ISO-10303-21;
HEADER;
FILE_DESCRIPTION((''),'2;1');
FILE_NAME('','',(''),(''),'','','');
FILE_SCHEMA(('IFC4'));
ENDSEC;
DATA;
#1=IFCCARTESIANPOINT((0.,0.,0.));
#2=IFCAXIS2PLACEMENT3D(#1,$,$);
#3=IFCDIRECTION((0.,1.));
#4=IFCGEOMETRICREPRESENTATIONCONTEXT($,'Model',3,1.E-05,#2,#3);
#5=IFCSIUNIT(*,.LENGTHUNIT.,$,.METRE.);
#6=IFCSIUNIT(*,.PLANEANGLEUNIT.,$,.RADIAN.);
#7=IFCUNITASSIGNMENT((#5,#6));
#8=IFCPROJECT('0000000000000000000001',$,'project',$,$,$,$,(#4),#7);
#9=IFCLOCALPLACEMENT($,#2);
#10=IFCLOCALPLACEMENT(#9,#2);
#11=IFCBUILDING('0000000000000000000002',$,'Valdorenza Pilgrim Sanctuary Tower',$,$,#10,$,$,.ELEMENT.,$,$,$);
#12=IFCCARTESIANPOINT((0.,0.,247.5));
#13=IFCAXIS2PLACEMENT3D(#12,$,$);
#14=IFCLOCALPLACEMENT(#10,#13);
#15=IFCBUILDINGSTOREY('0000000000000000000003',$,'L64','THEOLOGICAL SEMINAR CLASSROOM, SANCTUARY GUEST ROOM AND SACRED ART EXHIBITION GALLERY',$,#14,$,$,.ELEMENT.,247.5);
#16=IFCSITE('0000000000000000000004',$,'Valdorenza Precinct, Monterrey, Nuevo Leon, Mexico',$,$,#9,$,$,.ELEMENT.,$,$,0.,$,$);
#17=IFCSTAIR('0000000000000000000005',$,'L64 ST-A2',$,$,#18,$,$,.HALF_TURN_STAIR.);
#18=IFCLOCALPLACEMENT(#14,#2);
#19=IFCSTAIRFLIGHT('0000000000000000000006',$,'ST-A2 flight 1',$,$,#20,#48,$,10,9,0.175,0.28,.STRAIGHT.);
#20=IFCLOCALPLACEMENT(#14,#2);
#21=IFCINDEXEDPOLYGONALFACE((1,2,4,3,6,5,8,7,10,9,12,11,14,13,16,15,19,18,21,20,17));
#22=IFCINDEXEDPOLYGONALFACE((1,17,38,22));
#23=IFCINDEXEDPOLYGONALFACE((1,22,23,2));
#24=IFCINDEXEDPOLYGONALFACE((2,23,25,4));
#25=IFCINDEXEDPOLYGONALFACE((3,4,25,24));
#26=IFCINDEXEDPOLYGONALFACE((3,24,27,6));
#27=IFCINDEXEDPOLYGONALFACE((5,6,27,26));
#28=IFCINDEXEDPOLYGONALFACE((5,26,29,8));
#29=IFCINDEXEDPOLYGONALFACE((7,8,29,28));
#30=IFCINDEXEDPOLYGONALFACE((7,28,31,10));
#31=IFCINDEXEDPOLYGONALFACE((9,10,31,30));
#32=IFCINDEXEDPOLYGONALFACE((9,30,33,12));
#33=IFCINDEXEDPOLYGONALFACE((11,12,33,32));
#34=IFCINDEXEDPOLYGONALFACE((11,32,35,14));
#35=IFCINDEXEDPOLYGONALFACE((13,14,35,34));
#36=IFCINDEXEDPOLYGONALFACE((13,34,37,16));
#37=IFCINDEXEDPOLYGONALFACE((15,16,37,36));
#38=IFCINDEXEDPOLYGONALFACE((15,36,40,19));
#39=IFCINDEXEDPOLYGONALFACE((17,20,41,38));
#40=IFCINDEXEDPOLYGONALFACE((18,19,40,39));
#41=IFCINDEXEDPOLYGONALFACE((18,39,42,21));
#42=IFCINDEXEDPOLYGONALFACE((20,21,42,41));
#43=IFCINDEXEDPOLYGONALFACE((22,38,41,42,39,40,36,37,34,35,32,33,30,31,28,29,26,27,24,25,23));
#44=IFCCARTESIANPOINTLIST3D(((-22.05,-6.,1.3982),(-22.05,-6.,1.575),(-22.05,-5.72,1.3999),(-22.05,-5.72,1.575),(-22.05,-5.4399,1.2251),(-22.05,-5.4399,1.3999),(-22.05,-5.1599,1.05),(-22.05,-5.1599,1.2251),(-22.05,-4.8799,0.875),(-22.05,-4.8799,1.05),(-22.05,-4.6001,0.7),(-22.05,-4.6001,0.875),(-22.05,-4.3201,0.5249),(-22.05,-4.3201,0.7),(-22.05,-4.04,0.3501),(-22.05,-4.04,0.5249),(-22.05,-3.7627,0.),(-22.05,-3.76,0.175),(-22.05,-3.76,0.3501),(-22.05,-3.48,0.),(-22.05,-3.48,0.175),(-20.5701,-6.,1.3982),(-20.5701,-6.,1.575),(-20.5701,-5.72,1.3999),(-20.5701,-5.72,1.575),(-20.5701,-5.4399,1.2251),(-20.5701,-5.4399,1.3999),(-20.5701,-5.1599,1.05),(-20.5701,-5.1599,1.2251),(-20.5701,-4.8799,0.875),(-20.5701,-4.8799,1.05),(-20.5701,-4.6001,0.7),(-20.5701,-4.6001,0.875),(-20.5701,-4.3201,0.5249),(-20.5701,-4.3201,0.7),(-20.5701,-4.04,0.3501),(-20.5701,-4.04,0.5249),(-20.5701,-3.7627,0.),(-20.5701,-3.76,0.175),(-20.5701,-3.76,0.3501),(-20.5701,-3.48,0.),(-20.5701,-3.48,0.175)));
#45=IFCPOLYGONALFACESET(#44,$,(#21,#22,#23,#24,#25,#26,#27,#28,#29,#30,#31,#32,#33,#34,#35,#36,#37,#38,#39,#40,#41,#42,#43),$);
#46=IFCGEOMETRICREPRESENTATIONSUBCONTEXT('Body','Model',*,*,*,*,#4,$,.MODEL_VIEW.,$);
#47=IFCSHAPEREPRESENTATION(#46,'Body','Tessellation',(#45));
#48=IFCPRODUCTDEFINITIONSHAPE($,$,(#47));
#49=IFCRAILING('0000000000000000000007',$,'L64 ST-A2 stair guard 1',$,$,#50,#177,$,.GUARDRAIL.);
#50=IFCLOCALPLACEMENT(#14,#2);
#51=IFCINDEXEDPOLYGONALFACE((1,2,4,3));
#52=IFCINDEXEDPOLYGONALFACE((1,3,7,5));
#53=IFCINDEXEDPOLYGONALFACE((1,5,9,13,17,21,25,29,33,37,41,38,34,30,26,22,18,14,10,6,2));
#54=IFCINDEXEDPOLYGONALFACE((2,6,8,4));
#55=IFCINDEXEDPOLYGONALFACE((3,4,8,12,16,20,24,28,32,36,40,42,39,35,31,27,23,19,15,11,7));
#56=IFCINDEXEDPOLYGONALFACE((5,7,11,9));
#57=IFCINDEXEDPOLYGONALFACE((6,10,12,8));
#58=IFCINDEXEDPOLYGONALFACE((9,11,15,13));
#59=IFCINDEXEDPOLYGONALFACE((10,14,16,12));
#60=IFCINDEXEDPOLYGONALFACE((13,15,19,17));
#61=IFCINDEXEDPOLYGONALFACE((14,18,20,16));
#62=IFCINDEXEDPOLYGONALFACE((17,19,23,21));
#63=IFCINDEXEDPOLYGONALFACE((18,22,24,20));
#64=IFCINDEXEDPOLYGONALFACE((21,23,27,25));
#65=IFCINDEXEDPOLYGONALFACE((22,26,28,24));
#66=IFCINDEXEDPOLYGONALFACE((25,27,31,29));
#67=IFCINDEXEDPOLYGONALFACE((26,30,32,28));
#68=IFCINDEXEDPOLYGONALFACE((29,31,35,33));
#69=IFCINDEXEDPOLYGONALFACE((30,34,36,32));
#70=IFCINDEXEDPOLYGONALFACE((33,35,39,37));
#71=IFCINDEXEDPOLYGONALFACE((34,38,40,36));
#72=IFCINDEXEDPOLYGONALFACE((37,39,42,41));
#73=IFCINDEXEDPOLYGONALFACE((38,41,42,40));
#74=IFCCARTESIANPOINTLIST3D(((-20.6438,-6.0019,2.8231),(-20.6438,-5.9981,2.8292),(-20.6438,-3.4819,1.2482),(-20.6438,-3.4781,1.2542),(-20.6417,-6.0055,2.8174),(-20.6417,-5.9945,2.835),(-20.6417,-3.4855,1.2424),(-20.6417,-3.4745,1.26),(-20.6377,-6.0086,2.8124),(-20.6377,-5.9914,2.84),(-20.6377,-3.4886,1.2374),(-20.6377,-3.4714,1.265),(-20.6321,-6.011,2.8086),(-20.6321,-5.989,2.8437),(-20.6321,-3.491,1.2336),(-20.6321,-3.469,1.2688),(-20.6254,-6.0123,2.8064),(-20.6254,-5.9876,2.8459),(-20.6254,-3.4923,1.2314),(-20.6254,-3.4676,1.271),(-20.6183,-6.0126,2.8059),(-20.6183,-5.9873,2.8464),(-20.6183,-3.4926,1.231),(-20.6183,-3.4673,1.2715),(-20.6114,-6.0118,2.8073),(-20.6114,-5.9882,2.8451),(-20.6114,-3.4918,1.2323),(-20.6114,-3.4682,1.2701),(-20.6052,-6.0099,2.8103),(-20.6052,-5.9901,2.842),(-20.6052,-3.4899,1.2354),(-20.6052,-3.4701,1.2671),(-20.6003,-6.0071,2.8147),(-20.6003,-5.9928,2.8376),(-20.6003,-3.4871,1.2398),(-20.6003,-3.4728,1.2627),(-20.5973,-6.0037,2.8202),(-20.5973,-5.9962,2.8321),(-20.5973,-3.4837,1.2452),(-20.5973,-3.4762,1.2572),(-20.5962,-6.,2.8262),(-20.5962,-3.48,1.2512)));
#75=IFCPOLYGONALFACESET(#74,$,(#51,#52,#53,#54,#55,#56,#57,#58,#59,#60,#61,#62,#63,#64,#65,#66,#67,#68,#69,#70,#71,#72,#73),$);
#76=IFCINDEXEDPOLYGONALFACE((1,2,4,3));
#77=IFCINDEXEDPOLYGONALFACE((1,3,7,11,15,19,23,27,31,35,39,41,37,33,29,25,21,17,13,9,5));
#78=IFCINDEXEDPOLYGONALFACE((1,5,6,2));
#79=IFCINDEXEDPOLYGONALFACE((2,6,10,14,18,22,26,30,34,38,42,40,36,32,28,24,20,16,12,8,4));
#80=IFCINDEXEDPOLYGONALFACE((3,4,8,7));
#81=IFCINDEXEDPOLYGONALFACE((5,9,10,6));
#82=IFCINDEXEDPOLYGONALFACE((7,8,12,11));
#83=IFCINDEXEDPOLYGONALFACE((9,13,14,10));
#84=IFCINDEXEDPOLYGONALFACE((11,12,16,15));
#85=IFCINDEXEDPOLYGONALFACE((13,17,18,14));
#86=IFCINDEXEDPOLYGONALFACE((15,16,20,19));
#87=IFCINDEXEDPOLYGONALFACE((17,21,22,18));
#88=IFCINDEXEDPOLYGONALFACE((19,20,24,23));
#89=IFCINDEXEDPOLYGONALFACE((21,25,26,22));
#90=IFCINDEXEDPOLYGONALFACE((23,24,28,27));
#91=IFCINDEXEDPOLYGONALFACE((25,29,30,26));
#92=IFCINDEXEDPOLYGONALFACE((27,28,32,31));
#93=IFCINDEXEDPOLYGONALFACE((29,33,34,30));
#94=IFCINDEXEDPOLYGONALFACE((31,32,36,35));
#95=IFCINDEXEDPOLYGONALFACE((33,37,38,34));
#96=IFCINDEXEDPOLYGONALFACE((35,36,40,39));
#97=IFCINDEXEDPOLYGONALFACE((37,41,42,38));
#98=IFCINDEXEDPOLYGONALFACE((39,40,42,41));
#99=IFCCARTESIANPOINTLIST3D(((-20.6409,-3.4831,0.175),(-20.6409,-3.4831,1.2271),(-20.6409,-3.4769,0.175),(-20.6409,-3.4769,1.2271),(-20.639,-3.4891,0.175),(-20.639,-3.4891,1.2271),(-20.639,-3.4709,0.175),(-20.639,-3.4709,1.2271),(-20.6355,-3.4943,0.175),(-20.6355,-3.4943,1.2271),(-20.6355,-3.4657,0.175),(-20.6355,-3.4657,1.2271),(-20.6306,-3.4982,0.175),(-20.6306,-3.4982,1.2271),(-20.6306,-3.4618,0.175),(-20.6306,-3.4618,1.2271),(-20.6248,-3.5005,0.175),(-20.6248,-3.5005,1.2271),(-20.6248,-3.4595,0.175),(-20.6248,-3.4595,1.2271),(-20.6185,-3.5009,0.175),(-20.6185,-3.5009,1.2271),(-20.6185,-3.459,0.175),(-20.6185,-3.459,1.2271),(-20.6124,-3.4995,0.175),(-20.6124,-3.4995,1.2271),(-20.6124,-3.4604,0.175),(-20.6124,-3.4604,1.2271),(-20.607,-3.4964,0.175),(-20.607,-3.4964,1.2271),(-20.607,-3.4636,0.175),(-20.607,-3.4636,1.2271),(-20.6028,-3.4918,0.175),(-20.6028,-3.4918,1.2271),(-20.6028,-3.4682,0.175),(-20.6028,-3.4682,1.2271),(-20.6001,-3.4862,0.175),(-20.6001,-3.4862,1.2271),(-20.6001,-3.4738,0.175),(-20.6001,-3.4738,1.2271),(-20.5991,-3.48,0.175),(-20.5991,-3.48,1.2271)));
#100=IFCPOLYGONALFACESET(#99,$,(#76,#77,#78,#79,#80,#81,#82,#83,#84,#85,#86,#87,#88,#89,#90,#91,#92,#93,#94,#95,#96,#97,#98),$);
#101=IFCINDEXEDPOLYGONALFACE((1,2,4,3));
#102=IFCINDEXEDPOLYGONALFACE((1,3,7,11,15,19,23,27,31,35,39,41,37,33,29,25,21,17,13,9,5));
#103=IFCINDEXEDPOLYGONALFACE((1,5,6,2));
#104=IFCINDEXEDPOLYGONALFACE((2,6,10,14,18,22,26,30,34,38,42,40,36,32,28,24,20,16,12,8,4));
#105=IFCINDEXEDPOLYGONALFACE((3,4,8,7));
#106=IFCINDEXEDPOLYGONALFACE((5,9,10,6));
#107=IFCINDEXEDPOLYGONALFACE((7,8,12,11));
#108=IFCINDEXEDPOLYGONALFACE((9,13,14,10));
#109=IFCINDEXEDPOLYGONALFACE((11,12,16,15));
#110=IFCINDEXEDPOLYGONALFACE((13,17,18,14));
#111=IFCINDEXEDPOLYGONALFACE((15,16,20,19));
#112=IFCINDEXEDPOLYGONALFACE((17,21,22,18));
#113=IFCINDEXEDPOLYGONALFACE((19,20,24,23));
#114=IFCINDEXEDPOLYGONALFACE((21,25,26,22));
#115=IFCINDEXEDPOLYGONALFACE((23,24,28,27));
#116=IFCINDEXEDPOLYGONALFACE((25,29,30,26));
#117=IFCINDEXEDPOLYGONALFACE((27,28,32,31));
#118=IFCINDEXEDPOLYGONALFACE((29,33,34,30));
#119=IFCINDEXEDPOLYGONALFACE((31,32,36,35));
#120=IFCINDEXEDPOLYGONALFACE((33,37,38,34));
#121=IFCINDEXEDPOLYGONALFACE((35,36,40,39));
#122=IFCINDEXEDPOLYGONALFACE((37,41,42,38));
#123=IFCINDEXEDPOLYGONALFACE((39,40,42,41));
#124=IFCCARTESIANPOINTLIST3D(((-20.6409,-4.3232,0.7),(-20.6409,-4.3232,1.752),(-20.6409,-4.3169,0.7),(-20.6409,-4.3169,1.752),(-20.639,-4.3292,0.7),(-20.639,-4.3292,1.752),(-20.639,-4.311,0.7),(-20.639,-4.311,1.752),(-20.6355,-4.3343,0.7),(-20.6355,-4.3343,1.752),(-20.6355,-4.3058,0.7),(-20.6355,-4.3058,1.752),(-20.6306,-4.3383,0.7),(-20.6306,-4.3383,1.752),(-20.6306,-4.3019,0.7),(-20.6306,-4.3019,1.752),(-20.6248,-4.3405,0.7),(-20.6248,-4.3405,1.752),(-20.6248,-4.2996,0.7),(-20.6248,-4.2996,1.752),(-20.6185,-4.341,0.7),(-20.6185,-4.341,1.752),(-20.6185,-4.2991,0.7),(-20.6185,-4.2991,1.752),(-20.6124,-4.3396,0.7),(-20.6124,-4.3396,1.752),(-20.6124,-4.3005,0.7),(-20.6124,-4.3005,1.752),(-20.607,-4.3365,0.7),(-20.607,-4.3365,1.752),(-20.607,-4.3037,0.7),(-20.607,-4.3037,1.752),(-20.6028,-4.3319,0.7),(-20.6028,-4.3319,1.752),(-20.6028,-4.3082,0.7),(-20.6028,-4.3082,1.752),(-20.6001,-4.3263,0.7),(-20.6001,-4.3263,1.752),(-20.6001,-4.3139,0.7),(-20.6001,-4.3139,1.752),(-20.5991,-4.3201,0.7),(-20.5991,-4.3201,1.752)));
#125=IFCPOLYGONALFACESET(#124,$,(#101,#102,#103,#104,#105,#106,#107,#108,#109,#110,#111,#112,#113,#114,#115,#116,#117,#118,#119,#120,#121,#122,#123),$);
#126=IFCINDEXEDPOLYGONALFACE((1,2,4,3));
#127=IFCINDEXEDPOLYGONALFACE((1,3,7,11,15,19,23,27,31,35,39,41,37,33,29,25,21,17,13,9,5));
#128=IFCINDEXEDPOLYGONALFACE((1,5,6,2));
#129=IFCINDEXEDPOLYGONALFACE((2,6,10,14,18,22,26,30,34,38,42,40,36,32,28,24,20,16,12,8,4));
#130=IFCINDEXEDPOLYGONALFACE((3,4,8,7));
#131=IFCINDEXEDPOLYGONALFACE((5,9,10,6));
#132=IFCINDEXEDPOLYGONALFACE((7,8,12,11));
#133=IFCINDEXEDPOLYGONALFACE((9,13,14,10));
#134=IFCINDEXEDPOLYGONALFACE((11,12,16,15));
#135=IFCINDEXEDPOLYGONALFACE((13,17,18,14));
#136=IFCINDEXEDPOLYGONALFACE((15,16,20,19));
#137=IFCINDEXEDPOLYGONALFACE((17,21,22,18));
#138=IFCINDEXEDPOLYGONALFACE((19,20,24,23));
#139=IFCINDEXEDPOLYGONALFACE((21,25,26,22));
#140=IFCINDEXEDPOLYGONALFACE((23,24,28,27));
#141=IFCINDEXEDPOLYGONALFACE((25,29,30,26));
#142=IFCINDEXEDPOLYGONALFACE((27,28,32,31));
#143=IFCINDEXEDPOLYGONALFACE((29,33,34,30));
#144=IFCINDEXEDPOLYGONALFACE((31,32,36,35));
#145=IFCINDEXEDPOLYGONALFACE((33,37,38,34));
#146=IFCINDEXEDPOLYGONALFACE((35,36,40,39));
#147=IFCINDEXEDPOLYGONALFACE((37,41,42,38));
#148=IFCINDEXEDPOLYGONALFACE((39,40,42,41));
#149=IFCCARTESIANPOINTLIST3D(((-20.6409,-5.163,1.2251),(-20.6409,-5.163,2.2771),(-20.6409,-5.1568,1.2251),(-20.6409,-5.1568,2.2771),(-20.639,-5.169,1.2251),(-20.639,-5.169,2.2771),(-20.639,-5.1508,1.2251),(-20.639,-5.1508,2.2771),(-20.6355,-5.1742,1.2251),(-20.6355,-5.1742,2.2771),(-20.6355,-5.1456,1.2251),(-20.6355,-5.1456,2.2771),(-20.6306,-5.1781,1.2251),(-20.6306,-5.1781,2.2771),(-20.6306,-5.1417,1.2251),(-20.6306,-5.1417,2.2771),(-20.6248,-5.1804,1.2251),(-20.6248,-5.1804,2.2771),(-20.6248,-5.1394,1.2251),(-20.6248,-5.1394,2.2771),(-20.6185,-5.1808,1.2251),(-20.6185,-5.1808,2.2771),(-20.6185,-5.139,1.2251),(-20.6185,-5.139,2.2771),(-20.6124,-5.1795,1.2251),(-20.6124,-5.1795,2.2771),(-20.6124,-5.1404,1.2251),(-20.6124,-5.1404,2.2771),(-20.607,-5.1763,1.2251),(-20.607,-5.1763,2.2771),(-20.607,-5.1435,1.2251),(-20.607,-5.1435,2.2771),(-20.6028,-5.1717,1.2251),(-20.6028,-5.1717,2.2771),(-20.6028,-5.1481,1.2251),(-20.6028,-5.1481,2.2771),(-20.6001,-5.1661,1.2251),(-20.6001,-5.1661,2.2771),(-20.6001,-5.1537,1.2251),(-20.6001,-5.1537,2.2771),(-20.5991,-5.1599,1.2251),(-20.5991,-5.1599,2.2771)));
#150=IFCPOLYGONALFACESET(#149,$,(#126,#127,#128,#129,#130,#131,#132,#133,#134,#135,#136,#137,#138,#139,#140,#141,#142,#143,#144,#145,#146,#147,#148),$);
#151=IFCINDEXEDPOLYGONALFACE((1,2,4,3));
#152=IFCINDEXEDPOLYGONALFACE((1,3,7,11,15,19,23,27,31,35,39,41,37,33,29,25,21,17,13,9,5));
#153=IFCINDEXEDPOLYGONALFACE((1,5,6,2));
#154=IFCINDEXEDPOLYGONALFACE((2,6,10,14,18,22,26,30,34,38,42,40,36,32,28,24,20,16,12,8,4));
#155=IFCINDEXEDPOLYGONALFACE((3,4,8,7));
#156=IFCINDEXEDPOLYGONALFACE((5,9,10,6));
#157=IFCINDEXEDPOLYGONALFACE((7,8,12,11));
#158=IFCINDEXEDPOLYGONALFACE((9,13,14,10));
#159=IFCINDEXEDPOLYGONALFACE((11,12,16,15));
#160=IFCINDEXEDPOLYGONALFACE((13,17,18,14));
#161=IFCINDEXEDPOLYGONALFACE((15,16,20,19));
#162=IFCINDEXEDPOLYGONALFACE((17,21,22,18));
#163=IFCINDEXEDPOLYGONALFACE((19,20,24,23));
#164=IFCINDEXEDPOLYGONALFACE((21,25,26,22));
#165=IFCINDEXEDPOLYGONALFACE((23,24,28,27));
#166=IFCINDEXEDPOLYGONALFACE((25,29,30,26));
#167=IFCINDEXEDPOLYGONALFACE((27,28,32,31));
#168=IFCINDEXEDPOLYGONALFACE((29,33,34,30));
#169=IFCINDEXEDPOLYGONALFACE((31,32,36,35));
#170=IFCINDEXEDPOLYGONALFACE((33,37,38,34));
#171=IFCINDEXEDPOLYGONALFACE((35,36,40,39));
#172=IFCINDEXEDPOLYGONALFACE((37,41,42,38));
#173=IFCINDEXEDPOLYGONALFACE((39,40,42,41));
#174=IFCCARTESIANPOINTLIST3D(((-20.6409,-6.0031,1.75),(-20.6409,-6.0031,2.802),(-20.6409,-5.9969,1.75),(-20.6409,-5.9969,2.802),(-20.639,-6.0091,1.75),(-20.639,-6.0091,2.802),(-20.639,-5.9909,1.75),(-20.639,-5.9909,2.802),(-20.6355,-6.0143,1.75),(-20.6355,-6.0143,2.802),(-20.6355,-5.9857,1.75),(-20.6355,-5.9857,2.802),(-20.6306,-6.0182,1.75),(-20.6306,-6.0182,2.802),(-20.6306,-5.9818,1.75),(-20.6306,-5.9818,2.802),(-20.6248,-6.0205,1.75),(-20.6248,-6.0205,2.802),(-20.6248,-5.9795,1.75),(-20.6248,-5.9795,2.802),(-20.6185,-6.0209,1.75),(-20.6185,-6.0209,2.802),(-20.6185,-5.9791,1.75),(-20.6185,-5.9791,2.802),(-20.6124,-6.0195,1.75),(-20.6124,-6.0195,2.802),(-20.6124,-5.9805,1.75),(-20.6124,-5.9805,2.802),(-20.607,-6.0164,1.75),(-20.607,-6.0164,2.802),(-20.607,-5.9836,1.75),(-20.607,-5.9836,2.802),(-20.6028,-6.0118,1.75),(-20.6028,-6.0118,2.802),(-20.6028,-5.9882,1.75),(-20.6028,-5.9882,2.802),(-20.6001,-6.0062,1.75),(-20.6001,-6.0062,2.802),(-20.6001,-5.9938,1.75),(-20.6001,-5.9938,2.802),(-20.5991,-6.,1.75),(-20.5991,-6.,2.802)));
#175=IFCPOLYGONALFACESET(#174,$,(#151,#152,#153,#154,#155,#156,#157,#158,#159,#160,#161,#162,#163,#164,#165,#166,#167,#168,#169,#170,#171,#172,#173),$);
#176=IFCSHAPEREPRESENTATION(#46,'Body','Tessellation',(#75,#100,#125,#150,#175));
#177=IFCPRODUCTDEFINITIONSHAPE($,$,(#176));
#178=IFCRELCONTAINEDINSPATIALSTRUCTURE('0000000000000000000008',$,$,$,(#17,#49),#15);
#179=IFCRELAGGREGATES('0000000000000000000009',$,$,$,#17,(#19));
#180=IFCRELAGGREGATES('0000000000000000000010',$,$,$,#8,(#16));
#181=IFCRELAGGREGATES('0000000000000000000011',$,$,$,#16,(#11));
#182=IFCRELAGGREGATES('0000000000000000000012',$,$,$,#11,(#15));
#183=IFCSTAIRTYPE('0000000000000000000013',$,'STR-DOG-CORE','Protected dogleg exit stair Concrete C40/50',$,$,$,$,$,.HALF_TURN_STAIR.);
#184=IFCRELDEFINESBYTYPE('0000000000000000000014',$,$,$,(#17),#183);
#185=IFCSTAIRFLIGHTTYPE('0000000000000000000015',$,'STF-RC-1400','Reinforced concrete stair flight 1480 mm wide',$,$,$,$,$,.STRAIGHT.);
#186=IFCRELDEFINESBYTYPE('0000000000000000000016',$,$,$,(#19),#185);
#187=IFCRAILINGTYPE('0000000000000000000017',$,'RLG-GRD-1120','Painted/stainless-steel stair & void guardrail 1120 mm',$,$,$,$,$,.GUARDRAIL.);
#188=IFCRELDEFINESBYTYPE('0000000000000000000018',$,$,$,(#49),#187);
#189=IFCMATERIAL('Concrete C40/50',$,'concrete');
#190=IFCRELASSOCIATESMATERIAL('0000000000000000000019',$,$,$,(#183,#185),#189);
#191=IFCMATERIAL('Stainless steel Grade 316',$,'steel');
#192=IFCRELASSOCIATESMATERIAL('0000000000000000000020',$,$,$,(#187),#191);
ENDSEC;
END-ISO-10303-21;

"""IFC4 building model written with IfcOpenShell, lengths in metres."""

from ifc_helpers import new_model, si_unit, direction, frame, origin, origin_2d, place, context, subcontext, project, spatial, polyline, circle, outline, extrude, material, type_object, element, aggregate, save


model = new_model("IFC4")

# Units and contexts
model_context = context("Model", 3, precision=1e-05, world=origin(), true_north=direction((0.0, 1.0)))
body_context = subcontext(model_context, "Body", "Model", "MODEL_VIEW")
ifc_project = project(units=[si_unit("LENGTHUNIT", "METRE"), si_unit("PLANEANGLEUNIT", "RADIAN")], contexts=[model_context])

# Site, building, storey
site_placement = place(None, origin())
site = spatial("IfcSite", under=ifc_project, at=site_placement, Name="Valdorenza Precinct, Monterrey, Nuevo Leon, Mexico", CompositionType="ELEMENT", RefElevation=0.0)
building_placement = place(site_placement, origin())
building = spatial("IfcBuilding", under=site, at=building_placement, Name="Valdorenza Pilgrim Sanctuary Tower", CompositionType="ELEMENT")
storey_placement = place(building_placement, frame((0.0, 0.0, 247.5)))
storey = spatial("IfcBuildingStorey", under=building, at=storey_placement, Name="L64", Description="THEOLOGICAL SEMINAR CLASSROOM, SANCTUARY GUEST ROOM AND SACRED ART EXHIBITION GALLERY", CompositionType="ELEMENT", Elevation=247.5)

# Shared definitions
ifc_material_1 = material(Name="Concrete C40/50", Category="concrete")

# Stair, stair flight
stair_type = type_object("IfcStairType", Name="STR-DOG-CORE", Description="Protected dogleg exit stair Concrete C40/50", PredefinedType="HALF_TURN_STAIR", material=ifc_material_1)
stair_placement = place(storey_placement, origin())
stair = element("IfcStair", 1, at=stair_placement, inside=storey, type_object=stair_type, Name="L64 ST-A2", PredefinedType="HALF_TURN_STAIR")
stair_flight_type = type_object("IfcStairFlightType", Name="STF-RC-1400", Description="Reinforced concrete stair flight 1480 mm wide", PredefinedType="STRAIGHT", material=ifc_material_1)
stair_flight_placement = place(storey_placement, frame((-21.3101, -3.48, 0.0), z_axis=(0.0, 0.0, 1.0), x_axis=(0.0, -1.0, 0.0)))
stair_flight = element("IfcStairFlight", 2, at=stair_flight_placement, type_object=stair_flight_type, Name="ST-A2 flight 1", NumberOfRisers=10, NumberOfTreads=9, PredefinedType="STRAIGHT", RiserHeight=0.175, TreadLength=0.28, context=body_context, shape_type="SweptSolid", body=[
    extrude(outline(polyline([(0.0, 0.0), (0.0, 0.175), (0.28, 0.175), (0.28, 0.3501), (0.5601, 0.3501), (0.5601, 0.5249), (0.8401, 0.5249), (0.8401, 0.7), (1.1201, 0.7), (1.1201, 0.875), (1.3999, 0.875), (1.3999, 1.05), (1.6799, 1.05), (1.6799, 1.2251), (1.96, 1.2251), (1.96, 1.3999), (2.24, 1.3999), (2.24, 1.575), (2.52, 1.575), (2.52, 1.75), (2.52, 1.3982), (0.2827, 0.0), (0.0, 0.0)])), frame((0.0, 0.74, 0.0), z_axis=(0.0, -1.0, 0.0), x_axis=(1.0, 0.0, 0.0)), (0.0, 0.0, 1.0), 1.48),
])
aggregate(stair, [stair_flight])

# Railing
ifc_material_2 = material(Name="Stainless steel Grade 316", Category="steel")
railing_type_1 = type_object("IfcRailingType", Name="RLG-GRD-1120", Description="Painted/stainless-steel stair & void guardrail 1120 mm", PredefinedType="GUARDRAIL", material=ifc_material_2)
railing_1_placement = place(storey_placement, frame((-20.6201, -3.48, 0.175)))
element("IfcRailing", 3, at=railing_1_placement, inside=storey, type_object=railing_type_1, Name="L64 ST-A2 stair guard 1", PredefinedType="GUARDRAIL", context=body_context, shape_type="SweptSolid", body=[
    extrude(circle(Radius=0.0239, at=origin_2d()), frame((0.0, 0.0, 1.0762), z_axis=(0.0, -0.848008, 0.529984), x_axis=(1.0, 0.0, 0.0)), (0.0, 0.0, 1.0), 2.9717),
    extrude(circle(Radius=0.021, at=origin_2d()), origin(), (0.0, 0.0, 1.0), 1.052),
    extrude(circle(Radius=0.021, at=origin_2d()), frame((0.0, -0.8401, 0.5249)), (0.0, 0.0, 1.0), 1.052),
    extrude(circle(Radius=0.021, at=origin_2d()), frame((0.0, -1.6799, 1.05)), (0.0, 0.0, 1.0), 1.052),
    extrude(circle(Radius=0.021, at=origin_2d()), frame((0.0, -2.52, 1.575)), (0.0, 0.0, 1.0), 1.052),
])

save(model, "model.ifc")
